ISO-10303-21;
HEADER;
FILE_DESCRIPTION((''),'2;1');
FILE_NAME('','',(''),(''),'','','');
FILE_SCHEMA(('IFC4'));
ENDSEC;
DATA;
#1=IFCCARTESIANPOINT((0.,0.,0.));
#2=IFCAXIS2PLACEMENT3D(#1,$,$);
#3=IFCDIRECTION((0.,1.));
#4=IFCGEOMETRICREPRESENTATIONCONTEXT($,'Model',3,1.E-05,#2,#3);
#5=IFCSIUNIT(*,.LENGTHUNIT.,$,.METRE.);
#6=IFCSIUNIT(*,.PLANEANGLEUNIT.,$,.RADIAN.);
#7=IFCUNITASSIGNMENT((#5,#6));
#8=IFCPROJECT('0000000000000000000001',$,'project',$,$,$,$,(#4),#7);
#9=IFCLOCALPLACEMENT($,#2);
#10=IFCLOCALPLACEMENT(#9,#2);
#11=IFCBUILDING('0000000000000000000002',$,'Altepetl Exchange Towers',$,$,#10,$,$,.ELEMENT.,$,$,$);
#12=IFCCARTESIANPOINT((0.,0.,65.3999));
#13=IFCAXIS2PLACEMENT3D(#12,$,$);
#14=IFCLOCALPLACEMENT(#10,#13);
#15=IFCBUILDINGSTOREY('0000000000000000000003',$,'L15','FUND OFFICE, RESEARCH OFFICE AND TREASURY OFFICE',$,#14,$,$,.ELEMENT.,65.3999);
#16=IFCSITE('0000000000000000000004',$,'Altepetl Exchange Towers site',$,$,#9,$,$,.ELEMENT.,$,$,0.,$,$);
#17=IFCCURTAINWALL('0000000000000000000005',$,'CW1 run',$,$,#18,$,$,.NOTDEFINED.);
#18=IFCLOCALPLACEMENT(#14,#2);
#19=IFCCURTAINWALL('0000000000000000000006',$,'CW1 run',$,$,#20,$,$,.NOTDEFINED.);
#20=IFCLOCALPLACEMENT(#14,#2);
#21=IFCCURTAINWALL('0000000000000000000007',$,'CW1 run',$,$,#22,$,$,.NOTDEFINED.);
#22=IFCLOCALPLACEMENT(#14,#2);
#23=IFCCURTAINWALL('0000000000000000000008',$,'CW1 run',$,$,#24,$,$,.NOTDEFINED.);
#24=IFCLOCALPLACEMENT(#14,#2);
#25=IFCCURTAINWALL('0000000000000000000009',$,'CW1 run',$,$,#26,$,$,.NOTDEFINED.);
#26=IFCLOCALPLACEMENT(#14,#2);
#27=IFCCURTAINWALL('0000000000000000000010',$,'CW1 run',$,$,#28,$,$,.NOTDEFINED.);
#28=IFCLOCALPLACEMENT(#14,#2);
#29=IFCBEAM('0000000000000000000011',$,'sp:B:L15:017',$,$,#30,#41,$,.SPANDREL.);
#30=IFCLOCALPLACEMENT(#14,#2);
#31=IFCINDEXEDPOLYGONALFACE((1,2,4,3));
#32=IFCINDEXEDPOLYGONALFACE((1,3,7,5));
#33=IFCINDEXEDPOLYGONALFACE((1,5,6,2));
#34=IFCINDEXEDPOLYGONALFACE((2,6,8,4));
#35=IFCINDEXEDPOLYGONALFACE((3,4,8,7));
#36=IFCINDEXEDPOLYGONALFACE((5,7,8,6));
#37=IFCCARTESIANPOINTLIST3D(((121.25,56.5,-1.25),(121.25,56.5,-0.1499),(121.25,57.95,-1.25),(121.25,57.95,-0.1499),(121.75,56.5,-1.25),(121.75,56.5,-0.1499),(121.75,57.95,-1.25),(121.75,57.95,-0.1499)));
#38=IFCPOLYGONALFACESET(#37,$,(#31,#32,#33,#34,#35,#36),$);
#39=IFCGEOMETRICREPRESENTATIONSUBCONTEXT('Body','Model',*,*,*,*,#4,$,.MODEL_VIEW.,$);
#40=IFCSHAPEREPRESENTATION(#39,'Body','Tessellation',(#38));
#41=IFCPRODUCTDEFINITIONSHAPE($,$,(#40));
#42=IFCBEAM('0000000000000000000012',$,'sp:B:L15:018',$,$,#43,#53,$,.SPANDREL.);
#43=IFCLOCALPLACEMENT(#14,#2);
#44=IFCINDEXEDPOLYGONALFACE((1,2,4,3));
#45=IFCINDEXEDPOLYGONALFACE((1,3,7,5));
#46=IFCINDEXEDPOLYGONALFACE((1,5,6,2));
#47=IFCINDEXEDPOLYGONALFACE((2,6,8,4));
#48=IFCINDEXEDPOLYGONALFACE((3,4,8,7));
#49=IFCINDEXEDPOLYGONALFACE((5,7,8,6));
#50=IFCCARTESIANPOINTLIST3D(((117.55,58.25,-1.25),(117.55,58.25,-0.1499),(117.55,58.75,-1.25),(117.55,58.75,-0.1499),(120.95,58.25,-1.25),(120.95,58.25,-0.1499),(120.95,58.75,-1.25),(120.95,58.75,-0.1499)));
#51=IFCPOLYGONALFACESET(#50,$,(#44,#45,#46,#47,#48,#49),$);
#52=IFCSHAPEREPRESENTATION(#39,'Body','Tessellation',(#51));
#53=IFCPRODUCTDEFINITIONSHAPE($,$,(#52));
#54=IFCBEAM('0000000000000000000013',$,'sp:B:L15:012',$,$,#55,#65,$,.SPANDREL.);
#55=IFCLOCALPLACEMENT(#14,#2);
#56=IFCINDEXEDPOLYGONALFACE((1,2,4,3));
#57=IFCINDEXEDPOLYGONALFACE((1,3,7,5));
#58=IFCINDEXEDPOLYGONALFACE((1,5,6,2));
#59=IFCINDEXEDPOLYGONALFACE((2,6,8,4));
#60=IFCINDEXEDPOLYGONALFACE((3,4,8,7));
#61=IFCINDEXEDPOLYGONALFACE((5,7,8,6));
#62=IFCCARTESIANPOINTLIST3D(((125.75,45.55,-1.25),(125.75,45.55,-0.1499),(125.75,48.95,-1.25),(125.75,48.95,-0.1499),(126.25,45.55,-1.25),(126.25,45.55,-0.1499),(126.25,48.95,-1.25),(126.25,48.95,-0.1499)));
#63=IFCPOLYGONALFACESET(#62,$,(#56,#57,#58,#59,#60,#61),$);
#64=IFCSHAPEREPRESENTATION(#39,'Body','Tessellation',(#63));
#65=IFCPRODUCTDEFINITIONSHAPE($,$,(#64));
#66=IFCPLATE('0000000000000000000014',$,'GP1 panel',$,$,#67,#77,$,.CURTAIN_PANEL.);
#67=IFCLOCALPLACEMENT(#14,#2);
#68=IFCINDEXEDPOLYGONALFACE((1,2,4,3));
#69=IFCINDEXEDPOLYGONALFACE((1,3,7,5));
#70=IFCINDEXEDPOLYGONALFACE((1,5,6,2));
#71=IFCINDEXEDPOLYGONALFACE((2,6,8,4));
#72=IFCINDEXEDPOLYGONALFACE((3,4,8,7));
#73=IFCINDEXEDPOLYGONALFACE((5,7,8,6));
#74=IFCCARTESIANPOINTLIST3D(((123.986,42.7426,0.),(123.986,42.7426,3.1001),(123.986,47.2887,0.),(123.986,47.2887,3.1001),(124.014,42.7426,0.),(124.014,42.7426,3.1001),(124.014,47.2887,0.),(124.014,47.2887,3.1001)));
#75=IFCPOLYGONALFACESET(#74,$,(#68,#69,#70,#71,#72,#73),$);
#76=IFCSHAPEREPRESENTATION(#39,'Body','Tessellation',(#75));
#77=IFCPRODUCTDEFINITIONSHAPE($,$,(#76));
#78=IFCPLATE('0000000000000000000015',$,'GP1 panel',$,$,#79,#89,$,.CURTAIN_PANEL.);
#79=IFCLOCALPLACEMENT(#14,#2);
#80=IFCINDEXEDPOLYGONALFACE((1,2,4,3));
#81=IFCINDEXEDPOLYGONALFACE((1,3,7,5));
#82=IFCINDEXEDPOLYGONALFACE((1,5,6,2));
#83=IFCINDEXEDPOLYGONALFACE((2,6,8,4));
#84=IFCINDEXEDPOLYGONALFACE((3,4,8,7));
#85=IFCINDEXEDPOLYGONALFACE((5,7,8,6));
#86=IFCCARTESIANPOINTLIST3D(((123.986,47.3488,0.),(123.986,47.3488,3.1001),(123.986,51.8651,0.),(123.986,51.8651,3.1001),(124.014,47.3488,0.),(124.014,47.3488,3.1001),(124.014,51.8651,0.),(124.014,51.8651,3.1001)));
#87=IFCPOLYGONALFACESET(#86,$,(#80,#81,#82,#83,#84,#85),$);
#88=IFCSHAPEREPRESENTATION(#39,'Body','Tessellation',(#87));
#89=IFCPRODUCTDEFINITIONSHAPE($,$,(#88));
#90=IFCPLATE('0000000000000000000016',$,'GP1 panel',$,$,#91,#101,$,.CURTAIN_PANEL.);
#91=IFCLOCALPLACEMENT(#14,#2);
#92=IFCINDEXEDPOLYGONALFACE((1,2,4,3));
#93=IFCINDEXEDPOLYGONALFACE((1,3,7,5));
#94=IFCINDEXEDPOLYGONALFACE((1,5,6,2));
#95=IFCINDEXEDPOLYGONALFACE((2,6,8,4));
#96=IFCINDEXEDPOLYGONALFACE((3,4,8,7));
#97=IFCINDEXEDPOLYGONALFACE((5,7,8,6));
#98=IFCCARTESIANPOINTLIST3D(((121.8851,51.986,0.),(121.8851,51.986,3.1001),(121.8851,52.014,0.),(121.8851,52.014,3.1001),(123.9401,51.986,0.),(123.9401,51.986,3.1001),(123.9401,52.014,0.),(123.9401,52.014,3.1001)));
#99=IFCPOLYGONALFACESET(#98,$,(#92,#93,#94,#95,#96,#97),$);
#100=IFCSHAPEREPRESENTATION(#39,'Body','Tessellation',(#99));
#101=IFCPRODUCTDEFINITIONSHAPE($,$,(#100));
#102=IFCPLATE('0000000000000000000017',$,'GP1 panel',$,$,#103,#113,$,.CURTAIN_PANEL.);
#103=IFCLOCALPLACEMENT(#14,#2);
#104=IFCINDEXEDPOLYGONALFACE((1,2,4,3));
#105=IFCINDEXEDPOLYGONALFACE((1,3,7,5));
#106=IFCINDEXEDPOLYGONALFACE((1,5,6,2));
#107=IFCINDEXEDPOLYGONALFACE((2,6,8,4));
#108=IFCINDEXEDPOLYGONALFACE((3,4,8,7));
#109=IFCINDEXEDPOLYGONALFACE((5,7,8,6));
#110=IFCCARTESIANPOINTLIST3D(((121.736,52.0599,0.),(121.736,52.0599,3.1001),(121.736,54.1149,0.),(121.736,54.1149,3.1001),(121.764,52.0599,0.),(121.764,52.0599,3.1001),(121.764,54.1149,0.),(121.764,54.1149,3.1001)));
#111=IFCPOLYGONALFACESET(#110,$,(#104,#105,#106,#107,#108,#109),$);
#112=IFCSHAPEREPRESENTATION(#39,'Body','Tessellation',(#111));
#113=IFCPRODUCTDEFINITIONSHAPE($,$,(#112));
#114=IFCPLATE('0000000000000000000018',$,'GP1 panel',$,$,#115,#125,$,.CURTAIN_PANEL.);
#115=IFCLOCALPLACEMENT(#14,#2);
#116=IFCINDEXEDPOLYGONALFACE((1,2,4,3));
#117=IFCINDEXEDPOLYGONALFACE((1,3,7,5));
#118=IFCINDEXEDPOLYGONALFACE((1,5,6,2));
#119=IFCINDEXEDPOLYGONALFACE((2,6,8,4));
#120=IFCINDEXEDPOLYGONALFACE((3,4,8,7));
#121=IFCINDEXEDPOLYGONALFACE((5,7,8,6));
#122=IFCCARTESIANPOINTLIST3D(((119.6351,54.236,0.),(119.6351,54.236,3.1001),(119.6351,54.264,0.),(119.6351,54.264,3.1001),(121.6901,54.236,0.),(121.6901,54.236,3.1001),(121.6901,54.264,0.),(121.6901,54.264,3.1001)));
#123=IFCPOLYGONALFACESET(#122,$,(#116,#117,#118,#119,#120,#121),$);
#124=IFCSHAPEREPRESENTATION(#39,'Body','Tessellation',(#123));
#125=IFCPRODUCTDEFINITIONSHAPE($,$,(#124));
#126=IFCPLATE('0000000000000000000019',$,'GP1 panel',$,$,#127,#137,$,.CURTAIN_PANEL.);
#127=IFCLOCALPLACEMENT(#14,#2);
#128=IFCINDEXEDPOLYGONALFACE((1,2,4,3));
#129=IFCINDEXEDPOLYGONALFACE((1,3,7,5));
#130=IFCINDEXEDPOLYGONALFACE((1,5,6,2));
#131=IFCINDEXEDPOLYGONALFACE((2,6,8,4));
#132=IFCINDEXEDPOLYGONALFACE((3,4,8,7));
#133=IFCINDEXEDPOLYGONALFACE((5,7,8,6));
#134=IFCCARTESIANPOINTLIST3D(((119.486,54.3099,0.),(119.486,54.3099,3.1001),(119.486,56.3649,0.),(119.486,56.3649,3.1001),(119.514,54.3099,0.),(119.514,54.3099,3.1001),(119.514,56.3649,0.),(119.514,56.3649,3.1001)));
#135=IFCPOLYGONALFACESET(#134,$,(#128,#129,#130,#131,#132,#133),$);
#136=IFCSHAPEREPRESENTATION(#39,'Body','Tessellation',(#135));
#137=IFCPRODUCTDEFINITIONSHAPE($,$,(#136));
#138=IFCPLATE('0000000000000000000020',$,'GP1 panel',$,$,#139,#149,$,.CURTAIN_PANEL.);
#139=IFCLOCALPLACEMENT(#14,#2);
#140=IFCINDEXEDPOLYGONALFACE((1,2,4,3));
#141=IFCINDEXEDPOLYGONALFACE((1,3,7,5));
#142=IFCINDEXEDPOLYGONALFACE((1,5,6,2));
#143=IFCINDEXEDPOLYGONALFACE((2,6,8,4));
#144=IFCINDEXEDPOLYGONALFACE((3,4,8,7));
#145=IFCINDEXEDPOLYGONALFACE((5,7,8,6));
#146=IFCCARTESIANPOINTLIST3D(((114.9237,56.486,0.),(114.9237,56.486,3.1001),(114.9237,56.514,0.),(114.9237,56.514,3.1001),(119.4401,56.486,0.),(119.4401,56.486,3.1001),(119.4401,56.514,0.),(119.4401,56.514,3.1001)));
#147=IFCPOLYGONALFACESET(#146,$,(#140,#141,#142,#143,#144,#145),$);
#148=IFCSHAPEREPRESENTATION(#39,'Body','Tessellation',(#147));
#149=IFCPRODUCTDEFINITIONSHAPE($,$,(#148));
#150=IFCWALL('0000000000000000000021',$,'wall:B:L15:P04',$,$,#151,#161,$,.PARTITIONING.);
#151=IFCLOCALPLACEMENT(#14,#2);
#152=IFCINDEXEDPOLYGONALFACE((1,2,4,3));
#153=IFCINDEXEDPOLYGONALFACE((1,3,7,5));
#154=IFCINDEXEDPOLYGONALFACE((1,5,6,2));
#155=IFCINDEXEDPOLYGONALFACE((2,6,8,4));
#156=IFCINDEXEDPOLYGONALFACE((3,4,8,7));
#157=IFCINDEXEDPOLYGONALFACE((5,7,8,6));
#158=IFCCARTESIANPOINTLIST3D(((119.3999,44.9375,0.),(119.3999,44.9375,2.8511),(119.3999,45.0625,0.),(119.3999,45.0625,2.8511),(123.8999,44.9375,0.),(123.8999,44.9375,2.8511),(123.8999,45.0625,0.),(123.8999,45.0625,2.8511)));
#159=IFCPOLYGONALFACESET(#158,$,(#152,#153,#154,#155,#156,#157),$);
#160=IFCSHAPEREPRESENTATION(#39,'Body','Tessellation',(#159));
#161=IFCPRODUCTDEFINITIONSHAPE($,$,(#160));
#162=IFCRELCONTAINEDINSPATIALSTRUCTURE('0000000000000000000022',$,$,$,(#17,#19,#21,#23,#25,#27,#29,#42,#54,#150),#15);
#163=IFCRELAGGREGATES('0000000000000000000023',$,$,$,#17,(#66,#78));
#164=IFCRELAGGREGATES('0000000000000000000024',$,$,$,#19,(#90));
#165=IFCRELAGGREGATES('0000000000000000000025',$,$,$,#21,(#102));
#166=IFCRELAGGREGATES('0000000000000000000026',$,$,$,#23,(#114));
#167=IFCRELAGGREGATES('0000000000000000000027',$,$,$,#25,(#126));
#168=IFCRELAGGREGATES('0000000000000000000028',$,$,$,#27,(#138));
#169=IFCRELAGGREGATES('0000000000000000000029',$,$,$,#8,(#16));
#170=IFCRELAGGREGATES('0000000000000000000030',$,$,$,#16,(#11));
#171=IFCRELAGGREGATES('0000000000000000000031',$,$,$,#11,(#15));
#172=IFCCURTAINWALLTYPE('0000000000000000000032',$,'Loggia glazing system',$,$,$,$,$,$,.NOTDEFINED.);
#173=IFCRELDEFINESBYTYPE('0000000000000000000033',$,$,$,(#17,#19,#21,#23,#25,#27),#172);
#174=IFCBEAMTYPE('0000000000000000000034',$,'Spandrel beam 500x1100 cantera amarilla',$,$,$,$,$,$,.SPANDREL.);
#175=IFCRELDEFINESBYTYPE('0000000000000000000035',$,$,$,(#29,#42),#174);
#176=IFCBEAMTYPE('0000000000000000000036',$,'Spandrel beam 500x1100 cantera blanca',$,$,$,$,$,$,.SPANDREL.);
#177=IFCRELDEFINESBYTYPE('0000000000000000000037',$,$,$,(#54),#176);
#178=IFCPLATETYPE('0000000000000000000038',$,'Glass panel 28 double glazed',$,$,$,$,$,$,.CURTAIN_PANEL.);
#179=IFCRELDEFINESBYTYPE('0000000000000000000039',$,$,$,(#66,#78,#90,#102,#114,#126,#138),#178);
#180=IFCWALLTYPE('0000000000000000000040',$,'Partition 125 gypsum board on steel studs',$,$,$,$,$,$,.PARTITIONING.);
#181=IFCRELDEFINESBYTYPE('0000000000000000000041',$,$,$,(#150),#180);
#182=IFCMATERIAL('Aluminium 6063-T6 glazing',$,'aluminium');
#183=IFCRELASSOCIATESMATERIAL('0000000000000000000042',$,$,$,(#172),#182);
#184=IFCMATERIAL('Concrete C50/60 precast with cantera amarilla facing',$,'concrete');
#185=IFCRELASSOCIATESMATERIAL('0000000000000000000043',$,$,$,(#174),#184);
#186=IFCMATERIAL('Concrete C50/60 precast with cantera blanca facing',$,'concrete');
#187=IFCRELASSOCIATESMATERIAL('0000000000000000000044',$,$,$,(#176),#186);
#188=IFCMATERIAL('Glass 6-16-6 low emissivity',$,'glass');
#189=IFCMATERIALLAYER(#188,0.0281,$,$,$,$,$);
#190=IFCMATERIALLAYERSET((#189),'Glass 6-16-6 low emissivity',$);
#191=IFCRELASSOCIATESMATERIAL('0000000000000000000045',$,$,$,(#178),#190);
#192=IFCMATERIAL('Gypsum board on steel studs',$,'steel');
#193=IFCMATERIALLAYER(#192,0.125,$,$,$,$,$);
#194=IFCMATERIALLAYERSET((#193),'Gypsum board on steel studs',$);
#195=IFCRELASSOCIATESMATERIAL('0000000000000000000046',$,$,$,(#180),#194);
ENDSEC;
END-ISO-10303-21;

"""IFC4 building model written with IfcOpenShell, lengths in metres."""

from ifc_helpers import new_model, si_unit, direction, frame, frame_2d, origin, origin_2d, place, context, subcontext, project, spatial, rectangle, extrude, material, layer, layer_set, material_profile, profile_set, type_object, element, aggregate, save


model = new_model("IFC4")

# Units and contexts
model_context = context("Model", 3, precision=1e-05, world=origin(), true_north=direction((0.0, 1.0)))
body_context = subcontext(model_context, "Body", "Model", "MODEL_VIEW")
ifc_project = project(units=[si_unit("LENGTHUNIT", "METRE"), si_unit("PLANEANGLEUNIT", "RADIAN")], contexts=[model_context])

# Site, building, storey
site_placement = place(None, origin())
site = spatial("IfcSite", under=ifc_project, at=site_placement, Name="Altepetl Exchange Towers site", CompositionType="ELEMENT", RefElevation=0.0)
building_placement = place(site_placement, origin())
building = spatial("IfcBuilding", under=site, at=building_placement, Name="Altepetl Exchange Towers", CompositionType="ELEMENT")
storey_placement = place(building_placement, frame((0.0, 0.0, 65.3999)))
storey = spatial("IfcBuildingStorey", under=building, at=storey_placement, Name="L15", Description="FUND OFFICE, RESEARCH OFFICE AND TREASURY OFFICE", CompositionType="ELEMENT", Elevation=65.3999)

# Curtain walls
ifc_material_1 = material(Name="Aluminium 6063-T6 glazing", Category="aluminium")
curtain_wall_type = type_object("IfcCurtainWallType", Name="Loggia glazing system", PredefinedType="NOTDEFINED", material=ifc_material_1)
curtain_wall_1_placement = place(storey_placement, origin())
curtain_wall_1 = element("IfcCurtainWall", 1, at=curtain_wall_1_placement, inside=storey, type_object=curtain_wall_type, Name="CW1 run", PredefinedType="NOTDEFINED")
curtain_wall_2_placement = place(storey_placement, origin())
curtain_wall_2 = element("IfcCurtainWall", 2, at=curtain_wall_2_placement, inside=storey, type_object=curtain_wall_type, Name="CW1 run", PredefinedType="NOTDEFINED")
curtain_wall_3_placement = place(storey_placement, origin())
curtain_wall_3 = element("IfcCurtainWall", 3, at=curtain_wall_3_placement, inside=storey, type_object=curtain_wall_type, Name="CW1 run", PredefinedType="NOTDEFINED")
curtain_wall_4_placement = place(storey_placement, origin())
curtain_wall_4 = element("IfcCurtainWall", 4, at=curtain_wall_4_placement, inside=storey, type_object=curtain_wall_type, Name="CW1 run", PredefinedType="NOTDEFINED")
curtain_wall_5_placement = place(storey_placement, origin())
curtain_wall_5 = element("IfcCurtainWall", 5, at=curtain_wall_5_placement, inside=storey, type_object=curtain_wall_type, Name="CW1 run", PredefinedType="NOTDEFINED")

# Curtain wall
curtain_wall_6_placement = place(storey_placement, origin())
curtain_wall_6 = element("IfcCurtainWall", 6, at=curtain_wall_6_placement, inside=storey, type_object=curtain_wall_type, Name="CW1 run", PredefinedType="NOTDEFINED")

# Beams
ifc_material_2 = material(Name="Concrete C50/60 precast with cantera amarilla facing", Category="concrete")
ifc_material_profile_1 = material_profile(ifc_material_2, rectangle(XDim=0.5, YDim=1.1001, at=origin_2d()), Name="500 x 1100")
ifc_profile_set_1 = profile_set([ifc_material_profile_1], Name="Concrete C50/60 precast with cantera amarilla facing")
beam_type_1 = type_object("IfcBeamType", Name="Spandrel beam 500x1100 cantera amarilla", PredefinedType="SPANDREL", material=ifc_profile_set_1)
beam_1_placement = place(storey_placement, frame((121.5, 56.5, -0.7), z_axis=(0.0, 1.0, 0.0), x_axis=(-1.0, 0.0, 0.0)))
element("IfcBeam", 7, at=beam_1_placement, inside=storey, type_object=beam_type_1, Name="sp:B:L15:017", PredefinedType="SPANDREL", context=body_context, shape_type="SweptSolid", body=[
    extrude(rectangle(XDim=0.5, YDim=1.1001, at=origin_2d()), origin(), (0.0, 0.0, 1.0), 1.45),
])
beam_2_placement = place(storey_placement, frame((120.95, 58.5, -0.7), z_axis=(-1.0, 0.0, 0.0), x_axis=(0.0, -1.0, 0.0)))
element("IfcBeam", 8, at=beam_2_placement, inside=storey, type_object=beam_type_1, Name="sp:B:L15:018", PredefinedType="SPANDREL", context=body_context, shape_type="SweptSolid", body=[
    extrude(rectangle(XDim=0.5, YDim=1.1001, at=origin_2d()), origin(), (0.0, 0.0, 1.0), 3.3999),
])
ifc_material_3 = material(Name="Concrete C50/60 precast with cantera blanca facing", Category="concrete")
ifc_material_profile_2 = material_profile(ifc_material_3, rectangle(XDim=0.5, YDim=1.1001, at=origin_2d()), Name="500 x 1100")
ifc_profile_set_2 = profile_set([ifc_material_profile_2], Name="Concrete C50/60 precast with cantera blanca facing")
beam_type_2 = type_object("IfcBeamType", Name="Spandrel beam 500x1100 cantera blanca", PredefinedType="SPANDREL", material=ifc_profile_set_2)
beam_3_placement = place(storey_placement, frame((126.0, 45.55, -0.7), z_axis=(0.0, 1.0, 0.0), x_axis=(-1.0, 0.0, 0.0)))
element("IfcBeam", 9, at=beam_3_placement, inside=storey, type_object=beam_type_2, Name="sp:B:L15:012", PredefinedType="SPANDREL", context=body_context, shape_type="SweptSolid", body=[
    extrude(rectangle(XDim=0.5, YDim=1.1001, at=origin_2d()), origin(), (0.0, 0.0, 1.0), 3.3999),
])

# Plates
ifc_material_4 = material(Name="Glass 6-16-6 low emissivity", Category="glass")
ifc_layer_1 = layer(ifc_material_4, 0.0281)
ifc_layer_set_1 = layer_set([ifc_layer_1], Name="Glass 6-16-6 low emissivity")
plate_type = type_object("IfcPlateType", Name="Glass panel 28 double glazed", PredefinedType="CURTAIN_PANEL", material=ifc_layer_set_1)
plate_1_placement = place(storey_placement, frame((124.0, 45.0156, 0.0), z_axis=(0.0, 0.0, 1.0), x_axis=(0.0, 1.0, 0.0)))
plate_1 = element("IfcPlate", 10, at=plate_1_placement, type_object=plate_type, Name="GP1 panel", PredefinedType="CURTAIN_PANEL", context=body_context, shape_type="SweptSolid", body=[
    extrude(rectangle(XDim=4.5461, YDim=0.0281, at=origin_2d()), origin(), (0.0, 0.0, 1.0), 3.1001),
])
plate_2_placement = place(storey_placement, frame((124.0, 49.6069, 0.0), z_axis=(0.0, 0.0, 1.0), x_axis=(0.0, 1.0, 0.0)))
plate_2 = element("IfcPlate", 11, at=plate_2_placement, type_object=plate_type, Name="GP1 panel", PredefinedType="CURTAIN_PANEL", context=body_context, shape_type="SweptSolid", body=[
    extrude(rectangle(XDim=4.5164, YDim=0.0281, at=origin_2d()), origin(), (0.0, 0.0, 1.0), 3.1001),
])
aggregate(curtain_wall_1, [plate_1, plate_2])
plate_3_placement = place(storey_placement, frame((122.9126, 52.0, 0.0), z_axis=(0.0, 0.0, 1.0), x_axis=(-1.0, 0.0, 0.0)))
plate_3 = element("IfcPlate", 12, at=plate_3_placement, type_object=plate_type, Name="GP1 panel", PredefinedType="CURTAIN_PANEL", context=body_context, shape_type="SweptSolid", body=[
    extrude(rectangle(XDim=2.0549, YDim=0.0281, at=origin_2d()), origin(), (0.0, 0.0, 1.0), 3.1001),
])
aggregate(curtain_wall_2, [plate_3])
plate_4_placement = place(storey_placement, frame((121.75, 53.0874, 0.0), z_axis=(0.0, 0.0, 1.0), x_axis=(0.0, 1.0, 0.0)))
plate_4 = element("IfcPlate", 13, at=plate_4_placement, type_object=plate_type, Name="GP1 panel", PredefinedType="CURTAIN_PANEL", context=body_context, shape_type="SweptSolid", body=[
    extrude(rectangle(XDim=2.0549, YDim=0.0281, at=origin_2d()), origin(), (0.0, 0.0, 1.0), 3.1001),
])
aggregate(curtain_wall_3, [plate_4])
plate_5_placement = place(storey_placement, frame((120.6626, 54.25, 0.0), z_axis=(0.0, 0.0, 1.0), x_axis=(-1.0, 0.0, 0.0)))
plate_5 = element("IfcPlate", 14, at=plate_5_placement, type_object=plate_type, Name="GP1 panel", PredefinedType="CURTAIN_PANEL", context=body_context, shape_type="SweptSolid", body=[
    extrude(rectangle(XDim=2.0549, YDim=0.0281, at=origin_2d()), origin(), (0.0, 0.0, 1.0), 3.1001),
])
aggregate(curtain_wall_4, [plate_5])
plate_6_placement = place(storey_placement, frame((119.5, 55.3374, 0.0), z_axis=(0.0, 0.0, 1.0), x_axis=(0.0, 1.0, 0.0)))
plate_6 = element("IfcPlate", 15, at=plate_6_placement, type_object=plate_type, Name="GP1 panel", PredefinedType="CURTAIN_PANEL", context=body_context, shape_type="SweptSolid", body=[
    extrude(rectangle(XDim=2.0549, YDim=0.0281, at=origin_2d()), origin(), (0.0, 0.0, 1.0), 3.1001),
])
aggregate(curtain_wall_5, [plate_6])
plate_7_placement = place(storey_placement, frame((117.1819, 56.5, 0.0), z_axis=(0.0, 0.0, 1.0), x_axis=(-1.0, 0.0, 0.0)))
plate_7 = element("IfcPlate", 16, at=plate_7_placement, type_object=plate_type, Name="GP1 panel", PredefinedType="CURTAIN_PANEL", context=body_context, shape_type="SweptSolid", body=[
    extrude(rectangle(XDim=4.5164, YDim=0.0281, at=origin_2d()), origin(), (0.0, 0.0, 1.0), 3.1001),
])
aggregate(curtain_wall_6, [plate_7])

# Wall
ifc_material_5 = material(Name="Gypsum board on steel studs", Category="steel")
ifc_layer_2 = layer(ifc_material_5, 0.125)
ifc_layer_set_2 = layer_set([ifc_layer_2], Name="Gypsum board on steel studs")
wall_type = type_object("IfcWallType", Name="Partition 125 gypsum board on steel studs", PredefinedType="PARTITIONING", material=ifc_layer_set_2)
wall_placement = place(storey_placement, frame((119.3999, 45.0, 0.0)))
element("IfcWall", 17, at=wall_placement, inside=storey, type_object=wall_type, Name="wall:B:L15:P04", PredefinedType="PARTITIONING", context=body_context, shape_type="SweptSolid", body=[
    extrude(rectangle(XDim=4.5, YDim=0.125, at=frame_2d((2.25, 0.0))), origin(), (0.0, 0.0, 1.0), 2.8511),
])

save(model, "model.ifc")
